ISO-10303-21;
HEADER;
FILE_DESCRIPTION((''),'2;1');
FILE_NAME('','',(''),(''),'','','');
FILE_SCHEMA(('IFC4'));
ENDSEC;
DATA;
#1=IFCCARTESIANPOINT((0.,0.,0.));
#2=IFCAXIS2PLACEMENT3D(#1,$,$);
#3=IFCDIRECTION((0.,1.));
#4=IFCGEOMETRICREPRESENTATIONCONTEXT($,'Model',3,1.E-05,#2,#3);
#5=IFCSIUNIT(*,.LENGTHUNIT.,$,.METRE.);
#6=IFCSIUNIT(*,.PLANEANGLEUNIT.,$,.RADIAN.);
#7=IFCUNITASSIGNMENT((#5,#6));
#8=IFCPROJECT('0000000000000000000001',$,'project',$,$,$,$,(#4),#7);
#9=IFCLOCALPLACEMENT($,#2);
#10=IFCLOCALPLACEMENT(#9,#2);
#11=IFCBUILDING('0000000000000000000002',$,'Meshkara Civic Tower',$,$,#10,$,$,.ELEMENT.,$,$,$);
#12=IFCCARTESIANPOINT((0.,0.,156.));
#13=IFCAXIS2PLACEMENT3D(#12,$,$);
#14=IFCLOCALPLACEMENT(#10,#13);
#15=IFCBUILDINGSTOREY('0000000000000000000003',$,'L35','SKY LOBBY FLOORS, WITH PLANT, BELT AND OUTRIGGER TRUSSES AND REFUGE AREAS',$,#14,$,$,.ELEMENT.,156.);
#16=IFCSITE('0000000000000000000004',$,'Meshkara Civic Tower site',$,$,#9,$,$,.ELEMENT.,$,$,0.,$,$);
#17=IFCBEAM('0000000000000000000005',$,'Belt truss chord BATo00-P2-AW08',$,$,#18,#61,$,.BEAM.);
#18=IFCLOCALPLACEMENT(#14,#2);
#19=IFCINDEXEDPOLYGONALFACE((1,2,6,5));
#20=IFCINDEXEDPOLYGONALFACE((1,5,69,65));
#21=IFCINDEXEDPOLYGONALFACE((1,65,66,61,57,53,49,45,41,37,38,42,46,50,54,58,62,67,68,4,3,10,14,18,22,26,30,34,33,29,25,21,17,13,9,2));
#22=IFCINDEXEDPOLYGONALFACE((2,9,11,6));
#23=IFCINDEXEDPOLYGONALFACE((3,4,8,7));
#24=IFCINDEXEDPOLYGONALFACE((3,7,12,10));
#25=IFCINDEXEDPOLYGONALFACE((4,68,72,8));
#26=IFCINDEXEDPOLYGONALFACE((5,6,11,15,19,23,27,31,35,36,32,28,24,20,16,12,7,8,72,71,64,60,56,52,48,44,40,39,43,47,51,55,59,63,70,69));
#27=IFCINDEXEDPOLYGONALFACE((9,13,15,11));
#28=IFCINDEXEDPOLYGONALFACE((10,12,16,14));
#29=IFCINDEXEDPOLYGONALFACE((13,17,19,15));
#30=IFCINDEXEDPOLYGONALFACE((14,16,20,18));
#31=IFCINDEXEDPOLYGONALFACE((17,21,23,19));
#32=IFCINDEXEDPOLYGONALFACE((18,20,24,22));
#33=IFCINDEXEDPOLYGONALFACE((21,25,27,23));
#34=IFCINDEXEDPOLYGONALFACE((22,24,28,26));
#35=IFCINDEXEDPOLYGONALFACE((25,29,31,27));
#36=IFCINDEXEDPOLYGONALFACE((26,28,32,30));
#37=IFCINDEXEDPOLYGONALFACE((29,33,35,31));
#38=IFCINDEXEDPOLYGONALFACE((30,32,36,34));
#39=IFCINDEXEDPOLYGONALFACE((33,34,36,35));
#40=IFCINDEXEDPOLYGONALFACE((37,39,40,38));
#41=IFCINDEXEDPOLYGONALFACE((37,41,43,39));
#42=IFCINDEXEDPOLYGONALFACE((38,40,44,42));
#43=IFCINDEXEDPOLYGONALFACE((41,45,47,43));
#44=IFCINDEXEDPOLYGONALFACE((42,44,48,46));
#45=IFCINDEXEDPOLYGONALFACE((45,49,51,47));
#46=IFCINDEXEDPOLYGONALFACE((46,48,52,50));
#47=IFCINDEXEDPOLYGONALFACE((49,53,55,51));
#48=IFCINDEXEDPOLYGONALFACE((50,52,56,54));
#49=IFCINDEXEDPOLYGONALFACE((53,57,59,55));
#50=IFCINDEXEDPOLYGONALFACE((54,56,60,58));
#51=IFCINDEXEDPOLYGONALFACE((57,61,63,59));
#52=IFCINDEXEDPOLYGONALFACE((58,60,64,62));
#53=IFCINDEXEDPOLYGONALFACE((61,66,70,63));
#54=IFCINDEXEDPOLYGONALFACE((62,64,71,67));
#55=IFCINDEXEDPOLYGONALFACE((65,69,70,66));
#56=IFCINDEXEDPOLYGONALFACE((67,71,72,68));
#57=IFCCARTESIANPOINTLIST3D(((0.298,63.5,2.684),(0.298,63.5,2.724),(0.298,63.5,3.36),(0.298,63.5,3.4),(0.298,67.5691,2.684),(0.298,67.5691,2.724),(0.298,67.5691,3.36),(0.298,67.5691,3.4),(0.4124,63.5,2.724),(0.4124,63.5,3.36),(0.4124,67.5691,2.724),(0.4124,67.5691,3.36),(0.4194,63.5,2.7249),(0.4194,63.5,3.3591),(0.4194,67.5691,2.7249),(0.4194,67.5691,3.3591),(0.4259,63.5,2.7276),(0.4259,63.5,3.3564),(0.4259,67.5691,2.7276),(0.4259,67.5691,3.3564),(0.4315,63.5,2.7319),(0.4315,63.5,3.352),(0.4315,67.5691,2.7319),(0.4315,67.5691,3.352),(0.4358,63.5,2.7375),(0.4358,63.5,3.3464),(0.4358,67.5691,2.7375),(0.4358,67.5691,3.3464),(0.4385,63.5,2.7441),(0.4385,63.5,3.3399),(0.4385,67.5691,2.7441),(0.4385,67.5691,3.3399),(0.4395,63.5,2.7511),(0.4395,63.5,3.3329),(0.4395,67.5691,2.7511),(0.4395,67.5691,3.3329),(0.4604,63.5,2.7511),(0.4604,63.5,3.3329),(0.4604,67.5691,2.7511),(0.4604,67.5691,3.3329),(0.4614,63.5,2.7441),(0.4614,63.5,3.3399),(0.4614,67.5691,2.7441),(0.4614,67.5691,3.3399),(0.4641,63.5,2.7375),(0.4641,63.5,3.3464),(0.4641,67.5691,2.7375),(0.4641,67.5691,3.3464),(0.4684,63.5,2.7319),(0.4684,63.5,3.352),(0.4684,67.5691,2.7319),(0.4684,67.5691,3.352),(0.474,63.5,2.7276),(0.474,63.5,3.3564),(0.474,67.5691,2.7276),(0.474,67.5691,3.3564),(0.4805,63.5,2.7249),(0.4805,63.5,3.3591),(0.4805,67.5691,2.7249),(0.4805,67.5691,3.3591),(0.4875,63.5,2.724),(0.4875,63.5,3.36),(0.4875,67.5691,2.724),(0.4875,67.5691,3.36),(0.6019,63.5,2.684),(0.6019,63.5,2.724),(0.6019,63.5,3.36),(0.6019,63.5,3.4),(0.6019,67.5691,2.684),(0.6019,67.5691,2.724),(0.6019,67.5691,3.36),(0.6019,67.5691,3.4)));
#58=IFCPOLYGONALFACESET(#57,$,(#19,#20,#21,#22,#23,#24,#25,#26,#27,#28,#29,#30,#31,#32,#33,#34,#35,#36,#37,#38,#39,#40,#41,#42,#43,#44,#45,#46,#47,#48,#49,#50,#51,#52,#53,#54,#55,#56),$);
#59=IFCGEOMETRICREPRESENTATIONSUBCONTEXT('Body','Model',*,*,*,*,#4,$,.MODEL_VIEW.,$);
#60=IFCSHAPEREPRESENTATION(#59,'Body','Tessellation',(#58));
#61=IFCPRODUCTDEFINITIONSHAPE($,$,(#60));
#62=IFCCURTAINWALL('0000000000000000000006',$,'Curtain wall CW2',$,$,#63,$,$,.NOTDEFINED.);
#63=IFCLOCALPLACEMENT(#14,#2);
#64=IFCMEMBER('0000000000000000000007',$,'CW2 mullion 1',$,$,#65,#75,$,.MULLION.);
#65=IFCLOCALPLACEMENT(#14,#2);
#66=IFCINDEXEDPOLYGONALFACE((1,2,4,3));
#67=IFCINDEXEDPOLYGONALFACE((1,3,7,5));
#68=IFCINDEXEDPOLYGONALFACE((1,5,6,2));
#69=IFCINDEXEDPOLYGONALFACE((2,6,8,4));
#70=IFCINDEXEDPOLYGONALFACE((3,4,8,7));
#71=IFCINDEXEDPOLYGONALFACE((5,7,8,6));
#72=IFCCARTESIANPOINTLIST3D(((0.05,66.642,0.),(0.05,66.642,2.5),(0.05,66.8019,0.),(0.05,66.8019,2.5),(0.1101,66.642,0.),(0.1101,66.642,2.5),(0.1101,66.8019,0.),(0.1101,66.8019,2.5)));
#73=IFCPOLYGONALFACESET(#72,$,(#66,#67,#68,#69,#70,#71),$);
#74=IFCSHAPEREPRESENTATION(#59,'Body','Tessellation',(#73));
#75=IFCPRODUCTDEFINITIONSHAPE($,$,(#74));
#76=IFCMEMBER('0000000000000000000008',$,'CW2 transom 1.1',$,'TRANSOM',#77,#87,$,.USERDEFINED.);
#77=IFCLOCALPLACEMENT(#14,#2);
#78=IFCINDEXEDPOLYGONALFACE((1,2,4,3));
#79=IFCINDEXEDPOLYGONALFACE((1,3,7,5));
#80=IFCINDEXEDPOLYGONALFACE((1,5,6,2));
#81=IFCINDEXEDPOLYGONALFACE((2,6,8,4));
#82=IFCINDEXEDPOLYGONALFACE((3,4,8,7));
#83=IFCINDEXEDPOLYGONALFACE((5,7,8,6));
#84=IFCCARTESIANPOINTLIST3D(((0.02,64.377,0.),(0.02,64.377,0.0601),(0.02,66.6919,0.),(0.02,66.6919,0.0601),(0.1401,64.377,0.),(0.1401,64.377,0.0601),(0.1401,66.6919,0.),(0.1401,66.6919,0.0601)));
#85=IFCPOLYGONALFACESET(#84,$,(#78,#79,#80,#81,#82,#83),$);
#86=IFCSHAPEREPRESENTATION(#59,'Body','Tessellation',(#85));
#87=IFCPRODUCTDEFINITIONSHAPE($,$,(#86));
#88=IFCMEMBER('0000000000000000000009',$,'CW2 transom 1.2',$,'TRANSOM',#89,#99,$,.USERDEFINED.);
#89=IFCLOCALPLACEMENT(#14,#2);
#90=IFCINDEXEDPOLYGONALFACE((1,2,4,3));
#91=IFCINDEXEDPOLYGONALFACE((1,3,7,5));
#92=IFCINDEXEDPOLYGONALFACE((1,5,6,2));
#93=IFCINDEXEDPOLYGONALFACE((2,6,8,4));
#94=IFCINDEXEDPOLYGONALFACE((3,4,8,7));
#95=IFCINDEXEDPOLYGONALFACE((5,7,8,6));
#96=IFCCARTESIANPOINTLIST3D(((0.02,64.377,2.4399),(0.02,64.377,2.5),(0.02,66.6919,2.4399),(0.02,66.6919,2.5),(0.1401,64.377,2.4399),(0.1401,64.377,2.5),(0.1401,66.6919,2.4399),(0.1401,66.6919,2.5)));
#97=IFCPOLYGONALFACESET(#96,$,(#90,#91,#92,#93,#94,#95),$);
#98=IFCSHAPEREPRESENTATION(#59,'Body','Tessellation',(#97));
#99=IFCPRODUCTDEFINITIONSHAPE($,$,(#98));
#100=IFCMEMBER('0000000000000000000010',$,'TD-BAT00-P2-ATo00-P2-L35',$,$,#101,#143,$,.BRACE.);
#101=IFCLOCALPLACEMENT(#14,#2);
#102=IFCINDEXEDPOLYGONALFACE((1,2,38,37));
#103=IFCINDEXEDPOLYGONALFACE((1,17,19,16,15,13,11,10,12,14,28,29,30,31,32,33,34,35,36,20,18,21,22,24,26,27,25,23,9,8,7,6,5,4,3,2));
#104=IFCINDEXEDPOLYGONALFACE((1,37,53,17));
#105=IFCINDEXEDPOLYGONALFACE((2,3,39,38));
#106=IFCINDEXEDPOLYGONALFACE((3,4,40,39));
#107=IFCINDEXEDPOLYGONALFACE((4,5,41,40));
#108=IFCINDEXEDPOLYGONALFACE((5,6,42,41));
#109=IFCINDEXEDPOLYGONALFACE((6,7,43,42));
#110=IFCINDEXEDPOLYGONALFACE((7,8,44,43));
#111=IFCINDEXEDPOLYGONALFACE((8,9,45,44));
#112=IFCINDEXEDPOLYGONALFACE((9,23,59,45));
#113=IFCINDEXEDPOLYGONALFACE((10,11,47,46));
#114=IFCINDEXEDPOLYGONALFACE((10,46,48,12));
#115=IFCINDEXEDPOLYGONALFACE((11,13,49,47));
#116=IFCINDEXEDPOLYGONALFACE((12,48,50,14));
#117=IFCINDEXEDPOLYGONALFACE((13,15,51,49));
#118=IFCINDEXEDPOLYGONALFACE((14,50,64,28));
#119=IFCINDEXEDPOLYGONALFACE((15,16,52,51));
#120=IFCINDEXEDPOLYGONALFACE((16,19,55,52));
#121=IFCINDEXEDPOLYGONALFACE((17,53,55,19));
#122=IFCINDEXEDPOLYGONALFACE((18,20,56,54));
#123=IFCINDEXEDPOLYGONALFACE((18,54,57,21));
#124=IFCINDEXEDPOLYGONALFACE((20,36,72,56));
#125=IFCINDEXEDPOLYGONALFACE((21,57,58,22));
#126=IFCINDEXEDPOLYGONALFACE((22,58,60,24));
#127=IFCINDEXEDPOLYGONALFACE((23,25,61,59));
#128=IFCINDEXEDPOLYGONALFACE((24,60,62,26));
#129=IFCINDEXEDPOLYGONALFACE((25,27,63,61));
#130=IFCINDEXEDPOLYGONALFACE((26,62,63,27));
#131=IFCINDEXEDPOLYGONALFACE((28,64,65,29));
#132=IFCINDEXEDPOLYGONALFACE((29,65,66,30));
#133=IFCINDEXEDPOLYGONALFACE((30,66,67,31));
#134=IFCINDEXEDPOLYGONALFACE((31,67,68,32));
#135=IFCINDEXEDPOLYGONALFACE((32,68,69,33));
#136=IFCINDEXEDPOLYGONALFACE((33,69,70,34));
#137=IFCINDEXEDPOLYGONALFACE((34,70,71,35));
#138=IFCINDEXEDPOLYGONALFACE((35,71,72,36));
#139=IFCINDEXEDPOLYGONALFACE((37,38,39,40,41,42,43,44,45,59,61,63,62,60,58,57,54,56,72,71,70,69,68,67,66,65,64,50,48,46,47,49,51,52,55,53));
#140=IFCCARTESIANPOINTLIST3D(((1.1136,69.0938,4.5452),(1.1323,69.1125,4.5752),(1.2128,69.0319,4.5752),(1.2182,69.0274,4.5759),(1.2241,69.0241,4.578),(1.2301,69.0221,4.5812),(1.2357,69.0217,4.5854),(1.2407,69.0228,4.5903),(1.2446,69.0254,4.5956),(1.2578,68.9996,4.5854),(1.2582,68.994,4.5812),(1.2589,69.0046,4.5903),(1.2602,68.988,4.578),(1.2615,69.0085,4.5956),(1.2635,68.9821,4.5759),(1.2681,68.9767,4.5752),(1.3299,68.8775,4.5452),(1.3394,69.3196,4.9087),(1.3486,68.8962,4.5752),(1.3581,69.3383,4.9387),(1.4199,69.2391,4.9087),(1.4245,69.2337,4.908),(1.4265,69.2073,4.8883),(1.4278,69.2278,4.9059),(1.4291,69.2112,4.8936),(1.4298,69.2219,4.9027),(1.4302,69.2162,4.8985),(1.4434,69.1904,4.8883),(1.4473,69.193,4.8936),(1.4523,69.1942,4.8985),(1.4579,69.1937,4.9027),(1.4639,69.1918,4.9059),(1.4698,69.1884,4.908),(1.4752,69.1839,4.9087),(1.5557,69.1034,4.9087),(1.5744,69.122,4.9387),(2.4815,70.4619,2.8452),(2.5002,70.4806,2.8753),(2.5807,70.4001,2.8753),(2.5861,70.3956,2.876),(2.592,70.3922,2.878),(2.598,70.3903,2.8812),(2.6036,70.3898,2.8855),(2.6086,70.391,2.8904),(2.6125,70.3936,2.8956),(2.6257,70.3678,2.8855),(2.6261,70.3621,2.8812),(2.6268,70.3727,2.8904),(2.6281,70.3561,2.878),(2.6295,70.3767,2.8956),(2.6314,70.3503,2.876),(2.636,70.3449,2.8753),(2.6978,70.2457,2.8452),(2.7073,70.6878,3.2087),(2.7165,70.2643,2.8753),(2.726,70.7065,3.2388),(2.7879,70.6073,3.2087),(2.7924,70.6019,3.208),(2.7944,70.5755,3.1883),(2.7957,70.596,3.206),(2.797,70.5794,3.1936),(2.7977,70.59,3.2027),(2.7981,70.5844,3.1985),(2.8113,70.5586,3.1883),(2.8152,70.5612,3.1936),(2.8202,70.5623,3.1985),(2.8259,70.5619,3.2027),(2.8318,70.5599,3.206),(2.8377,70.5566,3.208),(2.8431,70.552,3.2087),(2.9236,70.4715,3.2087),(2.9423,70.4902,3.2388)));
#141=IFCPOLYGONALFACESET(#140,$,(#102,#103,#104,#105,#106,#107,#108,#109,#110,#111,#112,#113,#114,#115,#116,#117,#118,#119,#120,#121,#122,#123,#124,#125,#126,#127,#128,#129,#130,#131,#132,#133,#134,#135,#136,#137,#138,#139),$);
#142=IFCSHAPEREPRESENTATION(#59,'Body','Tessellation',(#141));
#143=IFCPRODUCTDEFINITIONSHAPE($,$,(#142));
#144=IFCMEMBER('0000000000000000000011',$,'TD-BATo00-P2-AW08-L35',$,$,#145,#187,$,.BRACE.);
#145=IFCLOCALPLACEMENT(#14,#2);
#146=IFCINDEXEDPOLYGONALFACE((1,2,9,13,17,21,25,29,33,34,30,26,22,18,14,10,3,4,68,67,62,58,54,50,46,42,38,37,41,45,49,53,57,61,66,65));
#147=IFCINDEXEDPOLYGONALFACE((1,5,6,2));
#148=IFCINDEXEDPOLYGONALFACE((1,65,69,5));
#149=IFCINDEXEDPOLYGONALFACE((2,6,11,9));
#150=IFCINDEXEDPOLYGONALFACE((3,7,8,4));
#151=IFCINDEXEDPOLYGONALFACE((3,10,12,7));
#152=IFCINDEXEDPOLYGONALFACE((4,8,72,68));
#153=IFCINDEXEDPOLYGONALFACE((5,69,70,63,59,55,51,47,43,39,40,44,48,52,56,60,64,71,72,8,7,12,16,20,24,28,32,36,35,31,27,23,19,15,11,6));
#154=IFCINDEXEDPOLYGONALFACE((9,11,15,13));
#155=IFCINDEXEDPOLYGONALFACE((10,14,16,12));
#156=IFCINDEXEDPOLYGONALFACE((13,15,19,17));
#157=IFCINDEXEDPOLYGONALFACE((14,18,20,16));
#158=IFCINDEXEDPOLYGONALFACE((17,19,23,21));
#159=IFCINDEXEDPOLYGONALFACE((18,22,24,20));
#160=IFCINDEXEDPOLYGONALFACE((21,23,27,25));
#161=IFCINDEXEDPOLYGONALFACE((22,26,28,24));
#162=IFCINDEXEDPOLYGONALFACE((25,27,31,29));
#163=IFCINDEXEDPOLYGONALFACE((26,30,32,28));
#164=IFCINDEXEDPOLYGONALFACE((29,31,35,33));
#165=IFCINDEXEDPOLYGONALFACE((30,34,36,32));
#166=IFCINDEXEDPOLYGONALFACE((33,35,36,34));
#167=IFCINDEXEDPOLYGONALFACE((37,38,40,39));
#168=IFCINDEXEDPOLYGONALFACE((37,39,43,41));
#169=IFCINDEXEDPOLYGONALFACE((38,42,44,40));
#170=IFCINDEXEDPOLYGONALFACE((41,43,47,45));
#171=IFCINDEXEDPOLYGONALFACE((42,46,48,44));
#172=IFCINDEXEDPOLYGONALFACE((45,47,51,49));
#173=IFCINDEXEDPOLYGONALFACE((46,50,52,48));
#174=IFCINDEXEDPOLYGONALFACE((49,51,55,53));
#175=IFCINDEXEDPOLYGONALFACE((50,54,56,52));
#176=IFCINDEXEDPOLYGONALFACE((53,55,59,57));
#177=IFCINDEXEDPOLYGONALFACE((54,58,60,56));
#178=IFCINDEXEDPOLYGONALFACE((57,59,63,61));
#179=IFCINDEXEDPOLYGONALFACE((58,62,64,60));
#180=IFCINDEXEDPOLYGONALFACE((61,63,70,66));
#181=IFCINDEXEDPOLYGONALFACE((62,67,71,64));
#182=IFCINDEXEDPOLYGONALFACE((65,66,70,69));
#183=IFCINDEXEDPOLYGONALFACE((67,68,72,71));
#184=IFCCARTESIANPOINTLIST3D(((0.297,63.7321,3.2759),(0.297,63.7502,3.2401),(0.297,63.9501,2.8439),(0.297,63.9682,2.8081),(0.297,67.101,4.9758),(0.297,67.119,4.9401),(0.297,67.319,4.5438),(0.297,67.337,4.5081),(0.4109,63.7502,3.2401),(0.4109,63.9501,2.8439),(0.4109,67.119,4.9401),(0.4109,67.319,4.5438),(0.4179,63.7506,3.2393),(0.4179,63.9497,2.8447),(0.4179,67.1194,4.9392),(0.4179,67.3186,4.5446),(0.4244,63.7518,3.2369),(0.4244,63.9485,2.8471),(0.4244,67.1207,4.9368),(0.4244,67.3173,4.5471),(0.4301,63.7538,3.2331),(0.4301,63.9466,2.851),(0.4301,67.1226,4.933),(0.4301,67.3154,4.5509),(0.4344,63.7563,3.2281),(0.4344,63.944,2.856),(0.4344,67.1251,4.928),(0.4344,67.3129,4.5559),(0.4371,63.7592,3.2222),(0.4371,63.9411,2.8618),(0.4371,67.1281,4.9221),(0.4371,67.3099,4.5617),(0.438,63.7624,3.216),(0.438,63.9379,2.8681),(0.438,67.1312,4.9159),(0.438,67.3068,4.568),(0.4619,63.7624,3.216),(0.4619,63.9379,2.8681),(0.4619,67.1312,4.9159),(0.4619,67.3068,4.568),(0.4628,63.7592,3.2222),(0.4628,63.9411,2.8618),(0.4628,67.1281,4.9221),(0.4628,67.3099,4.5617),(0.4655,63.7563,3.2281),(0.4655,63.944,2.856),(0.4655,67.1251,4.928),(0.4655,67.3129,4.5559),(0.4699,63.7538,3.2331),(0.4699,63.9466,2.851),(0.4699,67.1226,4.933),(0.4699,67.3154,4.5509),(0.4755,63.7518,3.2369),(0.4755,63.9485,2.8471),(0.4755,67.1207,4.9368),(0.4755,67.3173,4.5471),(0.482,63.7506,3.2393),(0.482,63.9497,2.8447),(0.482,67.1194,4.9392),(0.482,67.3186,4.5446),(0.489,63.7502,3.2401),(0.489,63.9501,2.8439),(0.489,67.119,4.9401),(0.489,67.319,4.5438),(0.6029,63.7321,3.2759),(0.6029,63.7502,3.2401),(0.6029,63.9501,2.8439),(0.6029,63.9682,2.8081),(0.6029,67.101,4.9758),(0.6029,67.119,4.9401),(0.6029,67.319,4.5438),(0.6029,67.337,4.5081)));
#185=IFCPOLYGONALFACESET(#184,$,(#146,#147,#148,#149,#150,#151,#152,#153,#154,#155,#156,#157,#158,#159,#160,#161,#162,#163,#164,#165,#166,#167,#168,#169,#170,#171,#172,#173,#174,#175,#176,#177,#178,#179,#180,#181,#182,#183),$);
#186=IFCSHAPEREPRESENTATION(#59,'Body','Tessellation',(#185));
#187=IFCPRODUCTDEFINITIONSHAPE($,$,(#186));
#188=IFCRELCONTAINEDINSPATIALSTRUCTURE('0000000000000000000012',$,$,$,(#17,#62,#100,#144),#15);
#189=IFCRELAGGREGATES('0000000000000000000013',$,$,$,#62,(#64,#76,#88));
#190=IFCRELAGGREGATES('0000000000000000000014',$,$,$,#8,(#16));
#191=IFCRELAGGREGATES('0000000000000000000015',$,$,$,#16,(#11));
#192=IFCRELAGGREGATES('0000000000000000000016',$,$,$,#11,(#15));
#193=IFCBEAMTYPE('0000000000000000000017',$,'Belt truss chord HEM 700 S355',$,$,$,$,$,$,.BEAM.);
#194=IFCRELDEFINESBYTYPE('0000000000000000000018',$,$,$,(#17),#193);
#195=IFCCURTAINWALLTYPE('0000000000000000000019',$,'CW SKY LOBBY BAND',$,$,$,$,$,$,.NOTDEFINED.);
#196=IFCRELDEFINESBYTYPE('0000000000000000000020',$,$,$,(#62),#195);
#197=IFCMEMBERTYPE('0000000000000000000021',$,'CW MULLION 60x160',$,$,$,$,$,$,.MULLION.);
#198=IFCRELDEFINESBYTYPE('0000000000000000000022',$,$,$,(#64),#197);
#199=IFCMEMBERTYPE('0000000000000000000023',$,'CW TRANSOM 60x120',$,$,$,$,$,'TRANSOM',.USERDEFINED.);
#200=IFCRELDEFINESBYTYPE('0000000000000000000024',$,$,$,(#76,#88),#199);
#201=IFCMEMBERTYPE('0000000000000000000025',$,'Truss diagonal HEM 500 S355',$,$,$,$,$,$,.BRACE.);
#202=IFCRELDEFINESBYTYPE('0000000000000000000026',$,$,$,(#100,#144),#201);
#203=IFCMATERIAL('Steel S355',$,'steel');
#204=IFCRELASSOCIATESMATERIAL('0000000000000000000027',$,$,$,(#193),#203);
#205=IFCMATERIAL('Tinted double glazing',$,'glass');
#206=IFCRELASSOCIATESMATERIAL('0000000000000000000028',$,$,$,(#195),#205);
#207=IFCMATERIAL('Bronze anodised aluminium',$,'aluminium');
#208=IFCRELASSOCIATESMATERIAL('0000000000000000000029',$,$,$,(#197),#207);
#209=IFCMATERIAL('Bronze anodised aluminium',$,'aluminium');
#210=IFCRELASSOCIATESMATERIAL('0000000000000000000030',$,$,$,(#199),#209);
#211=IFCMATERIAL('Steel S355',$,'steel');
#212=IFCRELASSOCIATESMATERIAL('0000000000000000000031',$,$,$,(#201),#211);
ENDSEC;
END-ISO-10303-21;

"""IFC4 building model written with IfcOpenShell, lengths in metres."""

from ifc_helpers import new_model, si_unit, direction, frame, origin, origin_2d, place, context, subcontext, project, spatial, rectangle, i_section, extrude, material, material_profile, profile_set, type_object, element, aggregate, save


model = new_model("IFC4")

# Units and contexts
model_context = context("Model", 3, precision=1e-05, world=origin(), true_north=direction((0.0, 1.0)))
body_context = subcontext(model_context, "Body", "Model", "MODEL_VIEW")
ifc_project = project(units=[si_unit("LENGTHUNIT", "METRE"), si_unit("PLANEANGLEUNIT", "RADIAN")], contexts=[model_context])

# Site, building, storey
site_placement = place(None, origin())
site = spatial("IfcSite", under=ifc_project, at=site_placement, Name="Meshkara Civic Tower site", CompositionType="ELEMENT", RefElevation=0.0)
building_placement = place(site_placement, origin())
building = spatial("IfcBuilding", under=site, at=building_placement, Name="Meshkara Civic Tower", CompositionType="ELEMENT")
storey_placement = place(building_placement, frame((0.0, 0.0, 156.0)))
storey = spatial("IfcBuildingStorey", under=building, at=storey_placement, Name="L35", Description="SKY LOBBY FLOORS, WITH PLANT, BELT AND OUTRIGGER TRUSSES AND REFUGE AREAS", CompositionType="ELEMENT", Elevation=156.0)

# Beam
ifc_material_1 = material(Name="Steel S355", Category="steel")
ifc_material_profile_1 = material_profile(ifc_material_1, i_section(OverallWidth=0.304, OverallDepth=0.7161, WebThickness=0.021, FlangeThickness=0.04, FilletRadius=0.0271, at=origin_2d()))
ifc_profile_set_1 = profile_set([ifc_material_profile_1], Name="Steel S355")
beam_type = type_object("IfcBeamType", Name="Belt truss chord HEM 700 S355", PredefinedType="BEAM", material=ifc_profile_set_1)
for number, where, z_axis, x_axis, name in (
    (1, (0.45, 67.5691, 3.042), (0.0, -1.0, 0.0), (1.0, 0.0, 0.0), "Belt truss chord BATo00-P2-AW08"),
):
    element("IfcBeam", number, at=place(storey_placement, frame(where, z_axis=z_axis, x_axis=x_axis)), inside=storey, type_object=beam_type, Name=name, PredefinedType="BEAM", context=body_context, shape_type="SweptSolid", body=[
        extrude(i_section(OverallWidth=0.304, OverallDepth=0.7161, WebThickness=0.021, FlangeThickness=0.04, FilletRadius=0.0271, at=origin_2d()), origin(), (0.0, 0.0, 1.0), 4.0691),
    ])

# Curtain wall, members
ifc_material_2 = material(Name="Tinted double glazing", Category="glass")
curtain_wall_type = type_object("IfcCurtainWallType", Name="CW SKY LOBBY BAND", PredefinedType="NOTDEFINED", material=ifc_material_2)
curtain_wall_placement = place(storey_placement, origin())
curtain_wall = element("IfcCurtainWall", 2, at=curtain_wall_placement, inside=storey, type_object=curtain_wall_type, Name="Curtain wall CW2", PredefinedType="NOTDEFINED")
ifc_material_3 = material(Name="Bronze anodised aluminium", Category="aluminium")
ifc_material_profile_2 = material_profile(ifc_material_3, rectangle(XDim=0.0601, YDim=0.1599, at=origin_2d()))
ifc_profile_set_2 = profile_set([ifc_material_profile_2], Name="Bronze anodised aluminium")
member_type_1 = type_object("IfcMemberType", Name="CW MULLION 60x160", PredefinedType="MULLION", material=ifc_profile_set_2)
member_1_placement = place(storey_placement, frame((0.0801, 66.7219, 0.0), z_axis=(0.0, 0.0, 1.0), x_axis=(1.0, 0.0, 0.0)))
member_1 = element("IfcMember", 3, at=member_1_placement, type_object=member_type_1, Name="CW2 mullion 1", PredefinedType="MULLION", context=body_context, shape_type="SweptSolid", body=[
    extrude(rectangle(XDim=0.0601, YDim=0.1599, at=origin_2d()), origin(), (0.0, 0.0, 1.0), 2.5),
])
ifc_material_4 = material(Name="Bronze anodised aluminium", Category="aluminium")
ifc_material_profile_3 = material_profile(ifc_material_4, rectangle(XDim=0.1201, YDim=0.0601, at=origin_2d()))
ifc_profile_set_3 = profile_set([ifc_material_profile_3], Name="Bronze anodised aluminium")
member_type_2 = type_object("IfcMemberType", Name="CW TRANSOM 60x120", ElementType="TRANSOM", PredefinedType="USERDEFINED", material=ifc_profile_set_3)
member_2_placement = place(storey_placement, frame((0.0801, 66.6919, 0.03), z_axis=(0.0, -1.0, 0.0), x_axis=(1.0, 0.0, 0.0)))
member_2 = element("IfcMember", 4, at=member_2_placement, type_object=member_type_2, Name="CW2 transom 1.1", ObjectType="TRANSOM", PredefinedType="USERDEFINED", context=body_context, shape_type="SweptSolid", body=[
    extrude(rectangle(XDim=0.1201, YDim=0.0601, at=origin_2d()), origin(), (0.0, 0.0, 1.0), 2.3149),
])
member_3_placement = place(storey_placement, frame((0.0801, 66.6919, 2.47), z_axis=(0.0, -1.0, 0.0), x_axis=(1.0, 0.0, 0.0)))
member_3 = element("IfcMember", 5, at=member_3_placement, type_object=member_type_2, Name="CW2 transom 1.2", ObjectType="TRANSOM", PredefinedType="USERDEFINED", context=body_context, shape_type="SweptSolid", body=[
    extrude(rectangle(XDim=0.1201, YDim=0.0601, at=origin_2d()), origin(), (0.0, 0.0, 1.0), 2.3149),
])

# Members
ifc_material_5 = material(Name="Steel S355", Category="steel")
ifc_material_profile_4 = material_profile(ifc_material_5, i_section(OverallWidth=0.3059, OverallDepth=0.5239, WebThickness=0.0239, FlangeThickness=0.04, FilletRadius=0.0271, at=origin_2d()))
ifc_profile_set_4 = profile_set([ifc_material_profile_4], Name="Steel S355")
member_type_3 = type_object("IfcMemberType", Name="Truss diagonal HEM 500 S355", PredefinedType="BRACE", material=ifc_profile_set_4)
member_4_placement = place(storey_placement, frame((2.7119, 70.4761, 3.042), z_axis=(-0.531139, -0.531234, 0.660061), x_axis=(0.70717, -0.707044, 0.0)))
element("IfcMember", 6, at=member_4_placement, inside=storey, type_object=member_type_3, Name="TD-BAT00-P2-ATo00-P2-L35", PredefinedType="BRACE", context=body_context, shape_type="SweptSolid", body=[
    extrude(i_section(OverallWidth=0.3059, OverallDepth=0.5239, WebThickness=0.0239, FlangeThickness=0.04, FilletRadius=0.0271, at=origin_2d()), origin(), (0.0, 0.0, 1.0), 2.5754),
])
member_5_placement = place(storey_placement, frame((0.45, 67.219, 4.7419), z_axis=(0.0, -0.892778, -0.450497), x_axis=(1.0, 0.0, 0.0)))
element("IfcMember", 7, at=member_5_placement, inside=storey, type_object=member_type_3, Name="TD-BATo00-P2-AW08-L35", PredefinedType="BRACE", context=body_context, shape_type="SweptSolid", body=[
    extrude(i_section(OverallWidth=0.3059, OverallDepth=0.5239, WebThickness=0.0239, FlangeThickness=0.04, FilletRadius=0.0271, at=origin_2d()), origin(), (0.0, 0.0, 1.0), 3.7734),
])

aggregate(curtain_wall, [member_1, member_2, member_3])

save(model, "model.ifc")
